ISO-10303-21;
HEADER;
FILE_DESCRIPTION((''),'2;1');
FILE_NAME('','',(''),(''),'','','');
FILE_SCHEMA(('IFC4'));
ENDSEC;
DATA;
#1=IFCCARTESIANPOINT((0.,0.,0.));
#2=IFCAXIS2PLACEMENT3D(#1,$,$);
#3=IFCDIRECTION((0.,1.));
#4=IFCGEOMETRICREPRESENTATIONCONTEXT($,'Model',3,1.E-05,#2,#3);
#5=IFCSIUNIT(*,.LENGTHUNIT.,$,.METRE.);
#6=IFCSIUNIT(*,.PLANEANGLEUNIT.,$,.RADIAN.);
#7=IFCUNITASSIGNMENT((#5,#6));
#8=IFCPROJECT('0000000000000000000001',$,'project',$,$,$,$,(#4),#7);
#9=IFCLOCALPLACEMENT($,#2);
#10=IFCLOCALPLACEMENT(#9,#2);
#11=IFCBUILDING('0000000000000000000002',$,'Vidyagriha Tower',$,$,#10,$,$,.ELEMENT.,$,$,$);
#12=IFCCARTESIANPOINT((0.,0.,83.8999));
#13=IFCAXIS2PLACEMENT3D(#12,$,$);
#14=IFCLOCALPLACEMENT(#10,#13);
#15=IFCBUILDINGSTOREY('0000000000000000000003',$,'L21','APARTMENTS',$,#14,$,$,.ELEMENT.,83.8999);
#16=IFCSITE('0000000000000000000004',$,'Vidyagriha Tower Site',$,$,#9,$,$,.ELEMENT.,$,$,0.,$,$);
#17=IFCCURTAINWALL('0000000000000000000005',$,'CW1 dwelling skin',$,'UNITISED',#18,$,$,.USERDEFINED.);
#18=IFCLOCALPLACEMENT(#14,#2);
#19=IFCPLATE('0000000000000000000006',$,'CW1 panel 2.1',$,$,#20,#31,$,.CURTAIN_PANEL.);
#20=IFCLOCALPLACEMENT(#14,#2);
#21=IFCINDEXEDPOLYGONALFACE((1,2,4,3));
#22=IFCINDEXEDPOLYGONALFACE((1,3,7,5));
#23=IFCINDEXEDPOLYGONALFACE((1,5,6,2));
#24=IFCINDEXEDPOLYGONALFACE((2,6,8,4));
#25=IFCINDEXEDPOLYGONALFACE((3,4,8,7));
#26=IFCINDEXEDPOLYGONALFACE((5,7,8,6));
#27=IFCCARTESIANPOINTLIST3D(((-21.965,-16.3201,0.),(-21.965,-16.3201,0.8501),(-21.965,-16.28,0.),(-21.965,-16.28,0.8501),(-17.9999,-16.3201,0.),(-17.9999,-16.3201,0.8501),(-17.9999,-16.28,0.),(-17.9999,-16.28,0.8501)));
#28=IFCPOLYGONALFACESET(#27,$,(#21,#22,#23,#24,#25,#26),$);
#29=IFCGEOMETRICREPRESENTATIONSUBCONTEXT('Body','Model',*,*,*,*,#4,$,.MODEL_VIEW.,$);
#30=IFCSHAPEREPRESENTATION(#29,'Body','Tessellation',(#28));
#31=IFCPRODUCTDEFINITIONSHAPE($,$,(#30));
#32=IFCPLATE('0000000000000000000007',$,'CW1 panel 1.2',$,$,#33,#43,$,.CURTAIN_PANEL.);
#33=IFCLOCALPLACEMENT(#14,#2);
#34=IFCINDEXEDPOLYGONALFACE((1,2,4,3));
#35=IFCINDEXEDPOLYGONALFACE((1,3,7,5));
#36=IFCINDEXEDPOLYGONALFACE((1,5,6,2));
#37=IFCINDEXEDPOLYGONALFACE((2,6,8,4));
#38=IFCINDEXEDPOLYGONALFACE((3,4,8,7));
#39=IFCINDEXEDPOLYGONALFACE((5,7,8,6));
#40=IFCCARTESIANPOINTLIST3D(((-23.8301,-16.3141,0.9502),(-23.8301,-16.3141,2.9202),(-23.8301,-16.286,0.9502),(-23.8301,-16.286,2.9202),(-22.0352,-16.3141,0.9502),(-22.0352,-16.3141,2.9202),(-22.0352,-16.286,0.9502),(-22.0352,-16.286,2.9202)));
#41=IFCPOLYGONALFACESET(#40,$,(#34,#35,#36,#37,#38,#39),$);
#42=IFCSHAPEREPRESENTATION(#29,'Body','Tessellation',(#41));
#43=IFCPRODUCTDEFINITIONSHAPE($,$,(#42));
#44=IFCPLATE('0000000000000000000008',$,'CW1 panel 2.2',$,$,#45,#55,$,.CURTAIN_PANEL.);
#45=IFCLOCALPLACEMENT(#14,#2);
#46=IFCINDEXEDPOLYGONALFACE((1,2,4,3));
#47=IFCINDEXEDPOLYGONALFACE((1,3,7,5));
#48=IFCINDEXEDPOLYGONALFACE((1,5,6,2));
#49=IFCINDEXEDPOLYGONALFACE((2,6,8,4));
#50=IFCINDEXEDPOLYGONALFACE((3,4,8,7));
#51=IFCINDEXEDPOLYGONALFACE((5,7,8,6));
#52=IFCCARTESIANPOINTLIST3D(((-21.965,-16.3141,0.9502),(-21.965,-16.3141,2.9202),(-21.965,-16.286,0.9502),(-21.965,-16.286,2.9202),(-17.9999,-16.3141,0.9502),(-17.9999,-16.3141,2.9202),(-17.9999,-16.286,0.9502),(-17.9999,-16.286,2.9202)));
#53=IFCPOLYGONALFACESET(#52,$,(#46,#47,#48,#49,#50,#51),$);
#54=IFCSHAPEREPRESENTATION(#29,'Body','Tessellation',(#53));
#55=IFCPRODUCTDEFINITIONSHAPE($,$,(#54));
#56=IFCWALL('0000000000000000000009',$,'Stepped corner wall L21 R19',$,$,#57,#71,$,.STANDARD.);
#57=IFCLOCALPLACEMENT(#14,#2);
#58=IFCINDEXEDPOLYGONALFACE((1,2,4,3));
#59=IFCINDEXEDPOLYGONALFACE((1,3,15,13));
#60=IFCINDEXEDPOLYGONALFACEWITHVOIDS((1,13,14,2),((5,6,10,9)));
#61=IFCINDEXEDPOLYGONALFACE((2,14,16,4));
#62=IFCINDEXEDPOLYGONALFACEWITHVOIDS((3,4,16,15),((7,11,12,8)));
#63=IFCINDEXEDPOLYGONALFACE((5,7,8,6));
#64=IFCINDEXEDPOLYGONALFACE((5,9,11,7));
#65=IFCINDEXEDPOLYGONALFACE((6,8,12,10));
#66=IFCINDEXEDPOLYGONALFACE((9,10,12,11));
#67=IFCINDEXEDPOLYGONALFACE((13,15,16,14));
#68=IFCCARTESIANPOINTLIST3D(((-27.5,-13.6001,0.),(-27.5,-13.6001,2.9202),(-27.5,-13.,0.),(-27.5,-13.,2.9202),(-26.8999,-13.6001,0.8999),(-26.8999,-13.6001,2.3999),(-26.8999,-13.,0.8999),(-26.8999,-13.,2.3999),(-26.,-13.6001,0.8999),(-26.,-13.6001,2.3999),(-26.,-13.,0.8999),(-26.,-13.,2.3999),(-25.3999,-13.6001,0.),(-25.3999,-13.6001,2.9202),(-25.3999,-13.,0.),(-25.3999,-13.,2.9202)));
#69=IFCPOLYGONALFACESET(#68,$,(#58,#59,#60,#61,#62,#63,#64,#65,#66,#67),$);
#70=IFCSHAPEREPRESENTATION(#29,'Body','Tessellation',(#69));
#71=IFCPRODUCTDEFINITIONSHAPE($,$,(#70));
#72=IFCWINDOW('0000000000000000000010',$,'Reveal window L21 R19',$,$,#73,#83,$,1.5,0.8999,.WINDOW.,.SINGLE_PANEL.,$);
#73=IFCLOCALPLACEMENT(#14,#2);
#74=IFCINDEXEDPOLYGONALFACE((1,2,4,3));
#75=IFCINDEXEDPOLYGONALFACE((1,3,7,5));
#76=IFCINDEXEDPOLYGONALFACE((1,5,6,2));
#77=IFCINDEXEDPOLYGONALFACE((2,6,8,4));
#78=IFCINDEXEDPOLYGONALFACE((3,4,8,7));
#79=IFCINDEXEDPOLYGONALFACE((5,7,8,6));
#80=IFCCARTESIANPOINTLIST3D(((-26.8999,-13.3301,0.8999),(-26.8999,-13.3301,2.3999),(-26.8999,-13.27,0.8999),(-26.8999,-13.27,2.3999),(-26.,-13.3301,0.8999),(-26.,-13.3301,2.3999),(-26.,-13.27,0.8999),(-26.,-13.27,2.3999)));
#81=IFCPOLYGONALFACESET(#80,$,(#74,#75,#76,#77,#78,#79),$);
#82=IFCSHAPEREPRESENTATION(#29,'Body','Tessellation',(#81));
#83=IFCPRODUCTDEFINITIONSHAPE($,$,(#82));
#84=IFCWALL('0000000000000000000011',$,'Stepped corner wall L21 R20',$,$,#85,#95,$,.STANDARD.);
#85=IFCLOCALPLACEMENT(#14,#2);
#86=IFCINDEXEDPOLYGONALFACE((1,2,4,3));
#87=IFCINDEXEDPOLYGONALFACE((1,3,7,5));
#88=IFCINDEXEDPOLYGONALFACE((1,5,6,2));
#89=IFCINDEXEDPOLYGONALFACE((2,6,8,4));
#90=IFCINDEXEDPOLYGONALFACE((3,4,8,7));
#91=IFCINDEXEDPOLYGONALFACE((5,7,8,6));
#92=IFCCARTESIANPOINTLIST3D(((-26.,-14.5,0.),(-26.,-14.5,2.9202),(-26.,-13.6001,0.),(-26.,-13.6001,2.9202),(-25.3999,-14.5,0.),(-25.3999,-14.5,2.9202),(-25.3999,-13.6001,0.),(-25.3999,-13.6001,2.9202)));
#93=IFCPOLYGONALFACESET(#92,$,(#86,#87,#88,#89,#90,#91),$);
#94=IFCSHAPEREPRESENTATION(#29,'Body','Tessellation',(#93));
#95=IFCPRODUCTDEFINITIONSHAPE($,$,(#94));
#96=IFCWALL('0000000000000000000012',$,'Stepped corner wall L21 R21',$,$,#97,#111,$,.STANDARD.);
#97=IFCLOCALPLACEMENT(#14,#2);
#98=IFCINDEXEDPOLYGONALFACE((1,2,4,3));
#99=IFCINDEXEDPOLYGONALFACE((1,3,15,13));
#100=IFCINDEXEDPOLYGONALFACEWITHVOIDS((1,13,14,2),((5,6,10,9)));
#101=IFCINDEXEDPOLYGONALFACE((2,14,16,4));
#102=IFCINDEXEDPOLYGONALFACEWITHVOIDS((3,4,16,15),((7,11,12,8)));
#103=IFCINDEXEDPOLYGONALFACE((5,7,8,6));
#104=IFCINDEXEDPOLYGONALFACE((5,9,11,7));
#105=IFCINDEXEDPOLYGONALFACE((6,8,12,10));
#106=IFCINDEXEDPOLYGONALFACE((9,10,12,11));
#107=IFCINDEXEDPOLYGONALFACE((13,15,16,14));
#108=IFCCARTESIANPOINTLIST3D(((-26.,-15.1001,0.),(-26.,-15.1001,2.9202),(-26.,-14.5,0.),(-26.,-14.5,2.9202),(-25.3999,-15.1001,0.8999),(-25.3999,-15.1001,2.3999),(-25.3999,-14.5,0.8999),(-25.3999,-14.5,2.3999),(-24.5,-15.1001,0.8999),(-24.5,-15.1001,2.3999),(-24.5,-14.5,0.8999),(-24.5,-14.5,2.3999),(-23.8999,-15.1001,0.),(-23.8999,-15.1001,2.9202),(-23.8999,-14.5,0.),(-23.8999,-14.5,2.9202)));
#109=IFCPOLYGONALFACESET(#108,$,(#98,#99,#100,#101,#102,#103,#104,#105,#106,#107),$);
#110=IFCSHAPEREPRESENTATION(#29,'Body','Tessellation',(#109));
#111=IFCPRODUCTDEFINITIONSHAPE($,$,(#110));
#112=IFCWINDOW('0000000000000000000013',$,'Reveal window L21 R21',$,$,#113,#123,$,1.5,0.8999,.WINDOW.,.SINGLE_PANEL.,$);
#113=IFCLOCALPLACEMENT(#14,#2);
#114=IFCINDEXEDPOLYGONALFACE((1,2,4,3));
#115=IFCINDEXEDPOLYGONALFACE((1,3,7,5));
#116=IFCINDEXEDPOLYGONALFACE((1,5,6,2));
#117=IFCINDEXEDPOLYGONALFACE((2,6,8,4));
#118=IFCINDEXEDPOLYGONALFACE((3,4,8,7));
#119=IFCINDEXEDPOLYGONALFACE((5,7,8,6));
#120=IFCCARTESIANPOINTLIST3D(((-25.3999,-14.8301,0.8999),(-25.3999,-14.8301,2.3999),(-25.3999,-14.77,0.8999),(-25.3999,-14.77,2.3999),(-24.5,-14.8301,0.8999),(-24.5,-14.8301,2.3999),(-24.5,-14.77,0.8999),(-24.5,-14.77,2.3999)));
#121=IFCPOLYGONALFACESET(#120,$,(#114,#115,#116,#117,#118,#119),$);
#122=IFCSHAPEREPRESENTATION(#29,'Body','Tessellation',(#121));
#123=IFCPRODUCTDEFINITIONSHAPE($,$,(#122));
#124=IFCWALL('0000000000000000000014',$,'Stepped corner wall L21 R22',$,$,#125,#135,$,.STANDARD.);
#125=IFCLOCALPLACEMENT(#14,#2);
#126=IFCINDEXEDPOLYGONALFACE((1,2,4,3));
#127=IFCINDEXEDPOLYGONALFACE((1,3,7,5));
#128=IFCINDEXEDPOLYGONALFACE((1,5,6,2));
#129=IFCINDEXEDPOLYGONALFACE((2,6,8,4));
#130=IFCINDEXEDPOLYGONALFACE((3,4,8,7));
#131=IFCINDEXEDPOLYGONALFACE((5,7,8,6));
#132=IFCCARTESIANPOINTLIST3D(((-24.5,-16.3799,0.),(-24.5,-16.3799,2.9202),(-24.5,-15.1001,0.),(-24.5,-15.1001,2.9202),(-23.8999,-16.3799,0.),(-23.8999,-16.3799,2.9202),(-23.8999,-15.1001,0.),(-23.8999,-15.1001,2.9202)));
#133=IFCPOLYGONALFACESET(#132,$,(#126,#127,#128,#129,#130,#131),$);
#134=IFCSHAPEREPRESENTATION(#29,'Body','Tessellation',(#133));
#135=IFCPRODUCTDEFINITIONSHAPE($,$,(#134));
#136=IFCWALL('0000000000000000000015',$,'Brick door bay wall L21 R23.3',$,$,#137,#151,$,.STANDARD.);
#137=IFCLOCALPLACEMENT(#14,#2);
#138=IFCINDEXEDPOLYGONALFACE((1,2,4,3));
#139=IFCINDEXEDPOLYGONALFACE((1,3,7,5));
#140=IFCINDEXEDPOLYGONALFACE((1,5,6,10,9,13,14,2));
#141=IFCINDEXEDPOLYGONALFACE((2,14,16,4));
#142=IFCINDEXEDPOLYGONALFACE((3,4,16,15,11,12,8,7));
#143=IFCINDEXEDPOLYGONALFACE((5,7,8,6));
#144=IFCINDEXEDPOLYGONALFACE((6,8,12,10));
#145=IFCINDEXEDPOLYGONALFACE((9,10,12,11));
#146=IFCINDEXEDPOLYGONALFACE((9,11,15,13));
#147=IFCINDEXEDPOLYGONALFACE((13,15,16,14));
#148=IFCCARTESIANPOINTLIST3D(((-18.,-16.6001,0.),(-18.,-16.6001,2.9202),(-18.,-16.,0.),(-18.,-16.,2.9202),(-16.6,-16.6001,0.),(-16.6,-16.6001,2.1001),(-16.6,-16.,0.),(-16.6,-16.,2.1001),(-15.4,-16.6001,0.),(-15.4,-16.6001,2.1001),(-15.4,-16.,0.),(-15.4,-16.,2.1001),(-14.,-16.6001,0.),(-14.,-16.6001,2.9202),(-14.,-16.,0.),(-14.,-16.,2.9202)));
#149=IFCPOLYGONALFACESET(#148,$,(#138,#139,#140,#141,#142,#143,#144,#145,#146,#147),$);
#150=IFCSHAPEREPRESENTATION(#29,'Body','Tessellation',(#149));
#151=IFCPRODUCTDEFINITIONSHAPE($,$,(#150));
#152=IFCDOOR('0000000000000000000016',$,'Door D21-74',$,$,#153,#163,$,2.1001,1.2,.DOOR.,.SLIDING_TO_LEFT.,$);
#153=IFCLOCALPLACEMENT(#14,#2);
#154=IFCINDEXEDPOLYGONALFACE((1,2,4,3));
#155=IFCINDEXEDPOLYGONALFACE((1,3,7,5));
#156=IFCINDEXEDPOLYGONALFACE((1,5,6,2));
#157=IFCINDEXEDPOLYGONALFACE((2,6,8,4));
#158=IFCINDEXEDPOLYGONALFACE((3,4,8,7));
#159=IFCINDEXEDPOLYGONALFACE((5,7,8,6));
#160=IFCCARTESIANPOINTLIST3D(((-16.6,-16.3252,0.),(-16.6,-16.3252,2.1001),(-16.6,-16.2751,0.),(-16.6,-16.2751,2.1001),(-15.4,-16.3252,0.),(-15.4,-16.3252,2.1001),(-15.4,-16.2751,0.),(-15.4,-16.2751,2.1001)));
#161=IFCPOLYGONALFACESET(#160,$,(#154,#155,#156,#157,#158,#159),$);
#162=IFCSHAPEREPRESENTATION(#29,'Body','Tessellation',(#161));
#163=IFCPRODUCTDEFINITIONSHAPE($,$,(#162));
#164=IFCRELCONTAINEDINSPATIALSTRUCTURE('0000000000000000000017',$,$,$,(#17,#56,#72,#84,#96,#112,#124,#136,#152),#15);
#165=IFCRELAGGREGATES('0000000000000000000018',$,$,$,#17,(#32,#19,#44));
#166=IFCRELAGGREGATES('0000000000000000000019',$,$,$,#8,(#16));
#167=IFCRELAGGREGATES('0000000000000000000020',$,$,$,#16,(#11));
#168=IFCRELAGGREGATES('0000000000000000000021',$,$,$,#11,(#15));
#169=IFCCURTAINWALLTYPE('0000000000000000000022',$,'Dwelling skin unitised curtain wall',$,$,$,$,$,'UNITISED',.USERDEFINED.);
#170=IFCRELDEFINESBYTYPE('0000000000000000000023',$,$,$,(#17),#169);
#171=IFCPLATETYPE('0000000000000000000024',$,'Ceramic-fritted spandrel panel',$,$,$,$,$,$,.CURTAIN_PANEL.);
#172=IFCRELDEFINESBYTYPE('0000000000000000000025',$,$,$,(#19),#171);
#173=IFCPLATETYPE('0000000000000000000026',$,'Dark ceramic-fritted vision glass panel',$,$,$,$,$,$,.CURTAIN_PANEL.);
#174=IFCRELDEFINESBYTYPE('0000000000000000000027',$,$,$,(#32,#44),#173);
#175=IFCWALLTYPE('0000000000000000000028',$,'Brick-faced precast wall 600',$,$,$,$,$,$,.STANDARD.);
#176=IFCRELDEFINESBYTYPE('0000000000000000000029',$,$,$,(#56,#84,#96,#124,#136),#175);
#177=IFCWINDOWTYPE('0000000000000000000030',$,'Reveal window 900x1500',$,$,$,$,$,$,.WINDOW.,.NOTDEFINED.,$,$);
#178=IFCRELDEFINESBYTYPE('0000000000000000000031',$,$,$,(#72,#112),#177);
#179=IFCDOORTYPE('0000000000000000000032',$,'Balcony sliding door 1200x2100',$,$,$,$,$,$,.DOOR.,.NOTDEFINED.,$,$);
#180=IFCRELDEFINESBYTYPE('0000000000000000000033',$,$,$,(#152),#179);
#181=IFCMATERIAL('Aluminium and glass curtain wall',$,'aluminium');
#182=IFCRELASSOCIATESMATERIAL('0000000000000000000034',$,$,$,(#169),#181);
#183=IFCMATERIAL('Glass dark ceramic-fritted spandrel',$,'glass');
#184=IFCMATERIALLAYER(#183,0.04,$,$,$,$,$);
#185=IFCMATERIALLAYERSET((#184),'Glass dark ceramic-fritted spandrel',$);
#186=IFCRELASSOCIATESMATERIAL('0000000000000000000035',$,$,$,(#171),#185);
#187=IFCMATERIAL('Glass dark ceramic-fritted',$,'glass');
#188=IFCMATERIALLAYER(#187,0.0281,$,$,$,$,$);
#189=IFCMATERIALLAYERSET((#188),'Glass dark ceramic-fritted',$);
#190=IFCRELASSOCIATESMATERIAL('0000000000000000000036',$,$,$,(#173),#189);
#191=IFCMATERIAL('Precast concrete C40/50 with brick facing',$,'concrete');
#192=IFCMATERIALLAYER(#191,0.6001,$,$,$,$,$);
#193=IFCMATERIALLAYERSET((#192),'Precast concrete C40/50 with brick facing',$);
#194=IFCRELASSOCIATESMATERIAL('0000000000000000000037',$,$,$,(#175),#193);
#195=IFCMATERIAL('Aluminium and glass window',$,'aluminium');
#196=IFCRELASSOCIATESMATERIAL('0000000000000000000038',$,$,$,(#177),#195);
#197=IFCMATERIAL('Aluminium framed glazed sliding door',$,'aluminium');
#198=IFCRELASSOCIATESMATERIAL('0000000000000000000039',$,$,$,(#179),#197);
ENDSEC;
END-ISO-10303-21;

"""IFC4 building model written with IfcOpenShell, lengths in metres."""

from ifc_helpers import new_model, si_unit, direction, frame, frame_2d, origin, origin_2d, place, context, subcontext, project, spatial, rectangle, extrude, material, layer, layer_set, type_object, element, fill, aggregate, save


model = new_model("IFC4")

# Units and contexts
model_context = context("Model", 3, precision=1e-05, world=origin(), true_north=direction((0.0, 1.0)))
body_context = subcontext(model_context, "Body", "Model", "MODEL_VIEW")
ifc_project = project(units=[si_unit("LENGTHUNIT", "METRE"), si_unit("PLANEANGLEUNIT", "RADIAN")], contexts=[model_context])

# Site, building, storey
site_placement = place(None, origin())
site = spatial("IfcSite", under=ifc_project, at=site_placement, Name="Vidyagriha Tower Site", CompositionType="ELEMENT", RefElevation=0.0)
building_placement = place(site_placement, origin())
building = spatial("IfcBuilding", under=site, at=building_placement, Name="Vidyagriha Tower", CompositionType="ELEMENT")
storey_placement = place(building_placement, frame((0.0, 0.0, 83.8999)))
storey = spatial("IfcBuildingStorey", under=building, at=storey_placement, Name="L21", Description="APARTMENTS", CompositionType="ELEMENT", Elevation=83.8999)

# Curtain wall, plates
ifc_material_1 = material(Name="Aluminium and glass curtain wall", Category="aluminium")
curtain_wall_type = type_object("IfcCurtainWallType", Name="Dwelling skin unitised curtain wall", ElementType="UNITISED", PredefinedType="USERDEFINED", material=ifc_material_1)
curtain_wall_placement = place(storey_placement, origin())
curtain_wall = element("IfcCurtainWall", 1, at=curtain_wall_placement, inside=storey, type_object=curtain_wall_type, Name="CW1 dwelling skin", ObjectType="UNITISED", PredefinedType="USERDEFINED")
ifc_material_2 = material(Name="Glass dark ceramic-fritted spandrel", Category="glass")
ifc_layer_1 = layer(ifc_material_2, 0.04)
ifc_layer_set_1 = layer_set([ifc_layer_1], Name="Glass dark ceramic-fritted spandrel")
plate_type_1 = type_object("IfcPlateType", Name="Ceramic-fritted spandrel panel", PredefinedType="CURTAIN_PANEL", material=ifc_layer_set_1)
plate_1_placement = place(storey_placement, frame((-19.9824, -16.3, 0.0)))
plate_1 = element("IfcPlate", 2, at=plate_1_placement, type_object=plate_type_1, Name="CW1 panel 2.1", PredefinedType="CURTAIN_PANEL", context=body_context, shape_type="SweptSolid", body=[
    extrude(rectangle(XDim=3.9651, YDim=0.04, at=origin_2d()), origin(), (0.0, 0.0, 1.0), 0.8501),
])
ifc_material_3 = material(Name="Glass dark ceramic-fritted", Category="glass")
ifc_layer_2 = layer(ifc_material_3, 0.0281)
ifc_layer_set_2 = layer_set([ifc_layer_2], Name="Glass dark ceramic-fritted")
plate_type_2 = type_object("IfcPlateType", Name="Dark ceramic-fritted vision glass panel", PredefinedType="CURTAIN_PANEL", material=ifc_layer_set_2)
plate_2_placement = place(storey_placement, frame((-22.9326, -16.3, 0.9502)))
plate_2 = element("IfcPlate", 3, at=plate_2_placement, type_object=plate_type_2, Name="CW1 panel 1.2", PredefinedType="CURTAIN_PANEL", context=body_context, shape_type="SweptSolid", body=[
    extrude(rectangle(XDim=1.7949, YDim=0.0281, at=origin_2d()), origin(), (0.0, 0.0, 1.0), 1.97),
])
plate_3_placement = place(storey_placement, frame((-19.9824, -16.3, 0.9502)))
plate_3 = element("IfcPlate", 4, at=plate_3_placement, type_object=plate_type_2, Name="CW1 panel 2.2", PredefinedType="CURTAIN_PANEL", context=body_context, shape_type="SweptSolid", body=[
    extrude(rectangle(XDim=3.9651, YDim=0.0281, at=origin_2d()), origin(), (0.0, 0.0, 1.0), 1.97),
])
aggregate(curtain_wall, [plate_2, plate_1, plate_3])

# Wall, opening, window
ifc_material_4 = material(Name="Precast concrete C40/50 with brick facing", Category="concrete")
ifc_layer_3 = layer(ifc_material_4, 0.6001)
ifc_layer_set_3 = layer_set([ifc_layer_3], Name="Precast concrete C40/50 with brick facing")
wall_type = type_object("IfcWallType", Name="Brick-faced precast wall 600", PredefinedType="STANDARD", material=ifc_layer_set_3)
wall_1_placement = place(storey_placement, frame((-27.5, -13.3, 0.0)))
wall_1 = element("IfcWall", 5, at=wall_1_placement, inside=storey, type_object=wall_type, Name="Stepped corner wall L21 R19", PredefinedType="STANDARD", context=body_context, shape_type="SweptSolid", body=[
    extrude(rectangle(XDim=2.1001, YDim=0.6001, at=frame_2d((1.05, 0.0))), origin(), (0.0, 0.0, 1.0), 2.9202),
])
opening_1_placement = place(wall_1_placement, frame((0.6001, 0.0, 0.8999)))
opening_1 = element("IfcOpeningElement", 6, at=opening_1_placement, cuts=wall_1, PredefinedType="OPENING", context=body_context, shape_type="SweptSolid", body=[
    extrude(rectangle(XDim=0.8999, YDim=1.5, at=frame_2d((0.45, 0.75))), frame((0.0, 0.3101, 0.0), z_axis=(0.0, -1.0, 0.0), x_axis=(1.0, 0.0, 0.0)), (0.0, 0.0, 1.0), 0.6201),
])
ifc_material_5 = material(Name="Aluminium and glass window", Category="aluminium")
window_type = type_object("IfcWindowType", Name="Reveal window 900x1500", PartitioningType="NOTDEFINED", PredefinedType="WINDOW", material=ifc_material_5)
window_1_placement = place(opening_1_placement, origin())
window_1 = element("IfcWindow", 7, at=window_1_placement, inside=storey, type_object=window_type, Name="Reveal window L21 R19", OverallHeight=1.5, OverallWidth=0.8999, PartitioningType="SINGLE_PANEL", PredefinedType="WINDOW", context=body_context, shape_type="SweptSolid", body=[
    extrude(rectangle(XDim=0.8999, YDim=1.5, at=frame_2d((0.45, 0.75))), frame((0.0, 0.03, 0.0), z_axis=(0.0, -1.0, 0.0), x_axis=(1.0, 0.0, 0.0)), (0.0, 0.0, 1.0), 0.0601),
])
fill(opening_1, window_1)

# Wall
wall_2_placement = place(storey_placement, frame((-25.7, -13.6001, 0.0), z_axis=(0.0, 0.0, 1.0), x_axis=(0.0, -1.0, 0.0)))
element("IfcWall", 8, at=wall_2_placement, inside=storey, type_object=wall_type, Name="Stepped corner wall L21 R20", PredefinedType="STANDARD", context=body_context, shape_type="SweptSolid", body=[
    extrude(rectangle(XDim=0.8999, YDim=0.6001, at=frame_2d((0.45, 0.0))), origin(), (0.0, 0.0, 1.0), 2.9202),
])

# Wall, opening, window
wall_3_placement = place(storey_placement, frame((-26.0, -14.8, 0.0)))
wall_3 = element("IfcWall", 9, at=wall_3_placement, inside=storey, type_object=wall_type, Name="Stepped corner wall L21 R21", PredefinedType="STANDARD", context=body_context, shape_type="SweptSolid", body=[
    extrude(rectangle(XDim=2.1001, YDim=0.6001, at=frame_2d((1.05, 0.0))), origin(), (0.0, 0.0, 1.0), 2.9202),
])
opening_2_placement = place(wall_3_placement, frame((0.6001, 0.0, 0.8999)))
opening_2 = element("IfcOpeningElement", 10, at=opening_2_placement, cuts=wall_3, PredefinedType="OPENING", context=body_context, shape_type="SweptSolid", body=[
    extrude(rectangle(XDim=0.8999, YDim=1.5, at=frame_2d((0.45, 0.75))), frame((0.0, 0.3101, 0.0), z_axis=(0.0, -1.0, 0.0), x_axis=(1.0, 0.0, 0.0)), (0.0, 0.0, 1.0), 0.6201),
])
window_2_placement = place(opening_2_placement, origin())
window_2 = element("IfcWindow", 11, at=window_2_placement, inside=storey, type_object=window_type, Name="Reveal window L21 R21", OverallHeight=1.5, OverallWidth=0.8999, PartitioningType="SINGLE_PANEL", PredefinedType="WINDOW", context=body_context, shape_type="SweptSolid", body=[
    extrude(rectangle(XDim=0.8999, YDim=1.5, at=frame_2d((0.45, 0.75))), frame((0.0, 0.03, 0.0), z_axis=(0.0, -1.0, 0.0), x_axis=(1.0, 0.0, 0.0)), (0.0, 0.0, 1.0), 0.0601),
])
fill(opening_2, window_2)

# Wall
wall_4_placement = place(storey_placement, frame((-24.2, -15.1001, 0.0), z_axis=(0.0, 0.0, 1.0), x_axis=(0.0, -1.0, 0.0)))
element("IfcWall", 12, at=wall_4_placement, inside=storey, type_object=wall_type, Name="Stepped corner wall L21 R22", PredefinedType="STANDARD", context=body_context, shape_type="SweptSolid", body=[
    extrude(rectangle(XDim=1.2798, YDim=0.6001, at=frame_2d((0.6399, 0.0))), origin(), (0.0, 0.0, 1.0), 2.9202),
])

# Wall, opening, door
wall_5_placement = place(storey_placement, frame((-18.0, -16.3, 0.0)))
wall_5 = element("IfcWall", 13, at=wall_5_placement, inside=storey, type_object=wall_type, Name="Brick door bay wall L21 R23.3", PredefinedType="STANDARD", context=body_context, shape_type="SweptSolid", body=[
    extrude(rectangle(XDim=4.0, YDim=0.6001, at=frame_2d((2.0, 0.0))), origin(), (0.0, 0.0, 1.0), 2.9202),
])
opening_3_placement = place(wall_5_placement, frame((1.3999, 0.0, 0.0)))
opening_3 = element("IfcOpeningElement", 14, at=opening_3_placement, cuts=wall_5, PredefinedType="OPENING", context=body_context, shape_type="SweptSolid", body=[
    extrude(rectangle(XDim=1.2, YDim=2.1001, at=frame_2d((0.6001, 1.05))), frame((0.0, 0.3101, 0.0), z_axis=(0.0, -1.0, 0.0), x_axis=(1.0, 0.0, 0.0)), (0.0, 0.0, 1.0), 0.6201),
])
ifc_material_6 = material(Name="Aluminium framed glazed sliding door", Category="aluminium")
door_type = type_object("IfcDoorType", Name="Balcony sliding door 1200x2100", OperationType="NOTDEFINED", PredefinedType="DOOR", material=ifc_material_6)
door_placement = place(opening_3_placement, origin())
door = element("IfcDoor", 15, at=door_placement, inside=storey, type_object=door_type, Name="Door D21-74", OperationType="SLIDING_TO_LEFT", OverallHeight=2.1001, OverallWidth=1.2, PredefinedType="DOOR", context=body_context, shape_type="SweptSolid", body=[
    extrude(rectangle(XDim=1.2, YDim=2.1001, at=frame_2d((0.6001, 1.05))), frame((0.0, 0.0249, 0.0), z_axis=(0.0, -1.0, 0.0), x_axis=(1.0, 0.0, 0.0)), (0.0, 0.0, 1.0), 0.05),
])
fill(opening_3, door)

save(model, "model.ifc")
